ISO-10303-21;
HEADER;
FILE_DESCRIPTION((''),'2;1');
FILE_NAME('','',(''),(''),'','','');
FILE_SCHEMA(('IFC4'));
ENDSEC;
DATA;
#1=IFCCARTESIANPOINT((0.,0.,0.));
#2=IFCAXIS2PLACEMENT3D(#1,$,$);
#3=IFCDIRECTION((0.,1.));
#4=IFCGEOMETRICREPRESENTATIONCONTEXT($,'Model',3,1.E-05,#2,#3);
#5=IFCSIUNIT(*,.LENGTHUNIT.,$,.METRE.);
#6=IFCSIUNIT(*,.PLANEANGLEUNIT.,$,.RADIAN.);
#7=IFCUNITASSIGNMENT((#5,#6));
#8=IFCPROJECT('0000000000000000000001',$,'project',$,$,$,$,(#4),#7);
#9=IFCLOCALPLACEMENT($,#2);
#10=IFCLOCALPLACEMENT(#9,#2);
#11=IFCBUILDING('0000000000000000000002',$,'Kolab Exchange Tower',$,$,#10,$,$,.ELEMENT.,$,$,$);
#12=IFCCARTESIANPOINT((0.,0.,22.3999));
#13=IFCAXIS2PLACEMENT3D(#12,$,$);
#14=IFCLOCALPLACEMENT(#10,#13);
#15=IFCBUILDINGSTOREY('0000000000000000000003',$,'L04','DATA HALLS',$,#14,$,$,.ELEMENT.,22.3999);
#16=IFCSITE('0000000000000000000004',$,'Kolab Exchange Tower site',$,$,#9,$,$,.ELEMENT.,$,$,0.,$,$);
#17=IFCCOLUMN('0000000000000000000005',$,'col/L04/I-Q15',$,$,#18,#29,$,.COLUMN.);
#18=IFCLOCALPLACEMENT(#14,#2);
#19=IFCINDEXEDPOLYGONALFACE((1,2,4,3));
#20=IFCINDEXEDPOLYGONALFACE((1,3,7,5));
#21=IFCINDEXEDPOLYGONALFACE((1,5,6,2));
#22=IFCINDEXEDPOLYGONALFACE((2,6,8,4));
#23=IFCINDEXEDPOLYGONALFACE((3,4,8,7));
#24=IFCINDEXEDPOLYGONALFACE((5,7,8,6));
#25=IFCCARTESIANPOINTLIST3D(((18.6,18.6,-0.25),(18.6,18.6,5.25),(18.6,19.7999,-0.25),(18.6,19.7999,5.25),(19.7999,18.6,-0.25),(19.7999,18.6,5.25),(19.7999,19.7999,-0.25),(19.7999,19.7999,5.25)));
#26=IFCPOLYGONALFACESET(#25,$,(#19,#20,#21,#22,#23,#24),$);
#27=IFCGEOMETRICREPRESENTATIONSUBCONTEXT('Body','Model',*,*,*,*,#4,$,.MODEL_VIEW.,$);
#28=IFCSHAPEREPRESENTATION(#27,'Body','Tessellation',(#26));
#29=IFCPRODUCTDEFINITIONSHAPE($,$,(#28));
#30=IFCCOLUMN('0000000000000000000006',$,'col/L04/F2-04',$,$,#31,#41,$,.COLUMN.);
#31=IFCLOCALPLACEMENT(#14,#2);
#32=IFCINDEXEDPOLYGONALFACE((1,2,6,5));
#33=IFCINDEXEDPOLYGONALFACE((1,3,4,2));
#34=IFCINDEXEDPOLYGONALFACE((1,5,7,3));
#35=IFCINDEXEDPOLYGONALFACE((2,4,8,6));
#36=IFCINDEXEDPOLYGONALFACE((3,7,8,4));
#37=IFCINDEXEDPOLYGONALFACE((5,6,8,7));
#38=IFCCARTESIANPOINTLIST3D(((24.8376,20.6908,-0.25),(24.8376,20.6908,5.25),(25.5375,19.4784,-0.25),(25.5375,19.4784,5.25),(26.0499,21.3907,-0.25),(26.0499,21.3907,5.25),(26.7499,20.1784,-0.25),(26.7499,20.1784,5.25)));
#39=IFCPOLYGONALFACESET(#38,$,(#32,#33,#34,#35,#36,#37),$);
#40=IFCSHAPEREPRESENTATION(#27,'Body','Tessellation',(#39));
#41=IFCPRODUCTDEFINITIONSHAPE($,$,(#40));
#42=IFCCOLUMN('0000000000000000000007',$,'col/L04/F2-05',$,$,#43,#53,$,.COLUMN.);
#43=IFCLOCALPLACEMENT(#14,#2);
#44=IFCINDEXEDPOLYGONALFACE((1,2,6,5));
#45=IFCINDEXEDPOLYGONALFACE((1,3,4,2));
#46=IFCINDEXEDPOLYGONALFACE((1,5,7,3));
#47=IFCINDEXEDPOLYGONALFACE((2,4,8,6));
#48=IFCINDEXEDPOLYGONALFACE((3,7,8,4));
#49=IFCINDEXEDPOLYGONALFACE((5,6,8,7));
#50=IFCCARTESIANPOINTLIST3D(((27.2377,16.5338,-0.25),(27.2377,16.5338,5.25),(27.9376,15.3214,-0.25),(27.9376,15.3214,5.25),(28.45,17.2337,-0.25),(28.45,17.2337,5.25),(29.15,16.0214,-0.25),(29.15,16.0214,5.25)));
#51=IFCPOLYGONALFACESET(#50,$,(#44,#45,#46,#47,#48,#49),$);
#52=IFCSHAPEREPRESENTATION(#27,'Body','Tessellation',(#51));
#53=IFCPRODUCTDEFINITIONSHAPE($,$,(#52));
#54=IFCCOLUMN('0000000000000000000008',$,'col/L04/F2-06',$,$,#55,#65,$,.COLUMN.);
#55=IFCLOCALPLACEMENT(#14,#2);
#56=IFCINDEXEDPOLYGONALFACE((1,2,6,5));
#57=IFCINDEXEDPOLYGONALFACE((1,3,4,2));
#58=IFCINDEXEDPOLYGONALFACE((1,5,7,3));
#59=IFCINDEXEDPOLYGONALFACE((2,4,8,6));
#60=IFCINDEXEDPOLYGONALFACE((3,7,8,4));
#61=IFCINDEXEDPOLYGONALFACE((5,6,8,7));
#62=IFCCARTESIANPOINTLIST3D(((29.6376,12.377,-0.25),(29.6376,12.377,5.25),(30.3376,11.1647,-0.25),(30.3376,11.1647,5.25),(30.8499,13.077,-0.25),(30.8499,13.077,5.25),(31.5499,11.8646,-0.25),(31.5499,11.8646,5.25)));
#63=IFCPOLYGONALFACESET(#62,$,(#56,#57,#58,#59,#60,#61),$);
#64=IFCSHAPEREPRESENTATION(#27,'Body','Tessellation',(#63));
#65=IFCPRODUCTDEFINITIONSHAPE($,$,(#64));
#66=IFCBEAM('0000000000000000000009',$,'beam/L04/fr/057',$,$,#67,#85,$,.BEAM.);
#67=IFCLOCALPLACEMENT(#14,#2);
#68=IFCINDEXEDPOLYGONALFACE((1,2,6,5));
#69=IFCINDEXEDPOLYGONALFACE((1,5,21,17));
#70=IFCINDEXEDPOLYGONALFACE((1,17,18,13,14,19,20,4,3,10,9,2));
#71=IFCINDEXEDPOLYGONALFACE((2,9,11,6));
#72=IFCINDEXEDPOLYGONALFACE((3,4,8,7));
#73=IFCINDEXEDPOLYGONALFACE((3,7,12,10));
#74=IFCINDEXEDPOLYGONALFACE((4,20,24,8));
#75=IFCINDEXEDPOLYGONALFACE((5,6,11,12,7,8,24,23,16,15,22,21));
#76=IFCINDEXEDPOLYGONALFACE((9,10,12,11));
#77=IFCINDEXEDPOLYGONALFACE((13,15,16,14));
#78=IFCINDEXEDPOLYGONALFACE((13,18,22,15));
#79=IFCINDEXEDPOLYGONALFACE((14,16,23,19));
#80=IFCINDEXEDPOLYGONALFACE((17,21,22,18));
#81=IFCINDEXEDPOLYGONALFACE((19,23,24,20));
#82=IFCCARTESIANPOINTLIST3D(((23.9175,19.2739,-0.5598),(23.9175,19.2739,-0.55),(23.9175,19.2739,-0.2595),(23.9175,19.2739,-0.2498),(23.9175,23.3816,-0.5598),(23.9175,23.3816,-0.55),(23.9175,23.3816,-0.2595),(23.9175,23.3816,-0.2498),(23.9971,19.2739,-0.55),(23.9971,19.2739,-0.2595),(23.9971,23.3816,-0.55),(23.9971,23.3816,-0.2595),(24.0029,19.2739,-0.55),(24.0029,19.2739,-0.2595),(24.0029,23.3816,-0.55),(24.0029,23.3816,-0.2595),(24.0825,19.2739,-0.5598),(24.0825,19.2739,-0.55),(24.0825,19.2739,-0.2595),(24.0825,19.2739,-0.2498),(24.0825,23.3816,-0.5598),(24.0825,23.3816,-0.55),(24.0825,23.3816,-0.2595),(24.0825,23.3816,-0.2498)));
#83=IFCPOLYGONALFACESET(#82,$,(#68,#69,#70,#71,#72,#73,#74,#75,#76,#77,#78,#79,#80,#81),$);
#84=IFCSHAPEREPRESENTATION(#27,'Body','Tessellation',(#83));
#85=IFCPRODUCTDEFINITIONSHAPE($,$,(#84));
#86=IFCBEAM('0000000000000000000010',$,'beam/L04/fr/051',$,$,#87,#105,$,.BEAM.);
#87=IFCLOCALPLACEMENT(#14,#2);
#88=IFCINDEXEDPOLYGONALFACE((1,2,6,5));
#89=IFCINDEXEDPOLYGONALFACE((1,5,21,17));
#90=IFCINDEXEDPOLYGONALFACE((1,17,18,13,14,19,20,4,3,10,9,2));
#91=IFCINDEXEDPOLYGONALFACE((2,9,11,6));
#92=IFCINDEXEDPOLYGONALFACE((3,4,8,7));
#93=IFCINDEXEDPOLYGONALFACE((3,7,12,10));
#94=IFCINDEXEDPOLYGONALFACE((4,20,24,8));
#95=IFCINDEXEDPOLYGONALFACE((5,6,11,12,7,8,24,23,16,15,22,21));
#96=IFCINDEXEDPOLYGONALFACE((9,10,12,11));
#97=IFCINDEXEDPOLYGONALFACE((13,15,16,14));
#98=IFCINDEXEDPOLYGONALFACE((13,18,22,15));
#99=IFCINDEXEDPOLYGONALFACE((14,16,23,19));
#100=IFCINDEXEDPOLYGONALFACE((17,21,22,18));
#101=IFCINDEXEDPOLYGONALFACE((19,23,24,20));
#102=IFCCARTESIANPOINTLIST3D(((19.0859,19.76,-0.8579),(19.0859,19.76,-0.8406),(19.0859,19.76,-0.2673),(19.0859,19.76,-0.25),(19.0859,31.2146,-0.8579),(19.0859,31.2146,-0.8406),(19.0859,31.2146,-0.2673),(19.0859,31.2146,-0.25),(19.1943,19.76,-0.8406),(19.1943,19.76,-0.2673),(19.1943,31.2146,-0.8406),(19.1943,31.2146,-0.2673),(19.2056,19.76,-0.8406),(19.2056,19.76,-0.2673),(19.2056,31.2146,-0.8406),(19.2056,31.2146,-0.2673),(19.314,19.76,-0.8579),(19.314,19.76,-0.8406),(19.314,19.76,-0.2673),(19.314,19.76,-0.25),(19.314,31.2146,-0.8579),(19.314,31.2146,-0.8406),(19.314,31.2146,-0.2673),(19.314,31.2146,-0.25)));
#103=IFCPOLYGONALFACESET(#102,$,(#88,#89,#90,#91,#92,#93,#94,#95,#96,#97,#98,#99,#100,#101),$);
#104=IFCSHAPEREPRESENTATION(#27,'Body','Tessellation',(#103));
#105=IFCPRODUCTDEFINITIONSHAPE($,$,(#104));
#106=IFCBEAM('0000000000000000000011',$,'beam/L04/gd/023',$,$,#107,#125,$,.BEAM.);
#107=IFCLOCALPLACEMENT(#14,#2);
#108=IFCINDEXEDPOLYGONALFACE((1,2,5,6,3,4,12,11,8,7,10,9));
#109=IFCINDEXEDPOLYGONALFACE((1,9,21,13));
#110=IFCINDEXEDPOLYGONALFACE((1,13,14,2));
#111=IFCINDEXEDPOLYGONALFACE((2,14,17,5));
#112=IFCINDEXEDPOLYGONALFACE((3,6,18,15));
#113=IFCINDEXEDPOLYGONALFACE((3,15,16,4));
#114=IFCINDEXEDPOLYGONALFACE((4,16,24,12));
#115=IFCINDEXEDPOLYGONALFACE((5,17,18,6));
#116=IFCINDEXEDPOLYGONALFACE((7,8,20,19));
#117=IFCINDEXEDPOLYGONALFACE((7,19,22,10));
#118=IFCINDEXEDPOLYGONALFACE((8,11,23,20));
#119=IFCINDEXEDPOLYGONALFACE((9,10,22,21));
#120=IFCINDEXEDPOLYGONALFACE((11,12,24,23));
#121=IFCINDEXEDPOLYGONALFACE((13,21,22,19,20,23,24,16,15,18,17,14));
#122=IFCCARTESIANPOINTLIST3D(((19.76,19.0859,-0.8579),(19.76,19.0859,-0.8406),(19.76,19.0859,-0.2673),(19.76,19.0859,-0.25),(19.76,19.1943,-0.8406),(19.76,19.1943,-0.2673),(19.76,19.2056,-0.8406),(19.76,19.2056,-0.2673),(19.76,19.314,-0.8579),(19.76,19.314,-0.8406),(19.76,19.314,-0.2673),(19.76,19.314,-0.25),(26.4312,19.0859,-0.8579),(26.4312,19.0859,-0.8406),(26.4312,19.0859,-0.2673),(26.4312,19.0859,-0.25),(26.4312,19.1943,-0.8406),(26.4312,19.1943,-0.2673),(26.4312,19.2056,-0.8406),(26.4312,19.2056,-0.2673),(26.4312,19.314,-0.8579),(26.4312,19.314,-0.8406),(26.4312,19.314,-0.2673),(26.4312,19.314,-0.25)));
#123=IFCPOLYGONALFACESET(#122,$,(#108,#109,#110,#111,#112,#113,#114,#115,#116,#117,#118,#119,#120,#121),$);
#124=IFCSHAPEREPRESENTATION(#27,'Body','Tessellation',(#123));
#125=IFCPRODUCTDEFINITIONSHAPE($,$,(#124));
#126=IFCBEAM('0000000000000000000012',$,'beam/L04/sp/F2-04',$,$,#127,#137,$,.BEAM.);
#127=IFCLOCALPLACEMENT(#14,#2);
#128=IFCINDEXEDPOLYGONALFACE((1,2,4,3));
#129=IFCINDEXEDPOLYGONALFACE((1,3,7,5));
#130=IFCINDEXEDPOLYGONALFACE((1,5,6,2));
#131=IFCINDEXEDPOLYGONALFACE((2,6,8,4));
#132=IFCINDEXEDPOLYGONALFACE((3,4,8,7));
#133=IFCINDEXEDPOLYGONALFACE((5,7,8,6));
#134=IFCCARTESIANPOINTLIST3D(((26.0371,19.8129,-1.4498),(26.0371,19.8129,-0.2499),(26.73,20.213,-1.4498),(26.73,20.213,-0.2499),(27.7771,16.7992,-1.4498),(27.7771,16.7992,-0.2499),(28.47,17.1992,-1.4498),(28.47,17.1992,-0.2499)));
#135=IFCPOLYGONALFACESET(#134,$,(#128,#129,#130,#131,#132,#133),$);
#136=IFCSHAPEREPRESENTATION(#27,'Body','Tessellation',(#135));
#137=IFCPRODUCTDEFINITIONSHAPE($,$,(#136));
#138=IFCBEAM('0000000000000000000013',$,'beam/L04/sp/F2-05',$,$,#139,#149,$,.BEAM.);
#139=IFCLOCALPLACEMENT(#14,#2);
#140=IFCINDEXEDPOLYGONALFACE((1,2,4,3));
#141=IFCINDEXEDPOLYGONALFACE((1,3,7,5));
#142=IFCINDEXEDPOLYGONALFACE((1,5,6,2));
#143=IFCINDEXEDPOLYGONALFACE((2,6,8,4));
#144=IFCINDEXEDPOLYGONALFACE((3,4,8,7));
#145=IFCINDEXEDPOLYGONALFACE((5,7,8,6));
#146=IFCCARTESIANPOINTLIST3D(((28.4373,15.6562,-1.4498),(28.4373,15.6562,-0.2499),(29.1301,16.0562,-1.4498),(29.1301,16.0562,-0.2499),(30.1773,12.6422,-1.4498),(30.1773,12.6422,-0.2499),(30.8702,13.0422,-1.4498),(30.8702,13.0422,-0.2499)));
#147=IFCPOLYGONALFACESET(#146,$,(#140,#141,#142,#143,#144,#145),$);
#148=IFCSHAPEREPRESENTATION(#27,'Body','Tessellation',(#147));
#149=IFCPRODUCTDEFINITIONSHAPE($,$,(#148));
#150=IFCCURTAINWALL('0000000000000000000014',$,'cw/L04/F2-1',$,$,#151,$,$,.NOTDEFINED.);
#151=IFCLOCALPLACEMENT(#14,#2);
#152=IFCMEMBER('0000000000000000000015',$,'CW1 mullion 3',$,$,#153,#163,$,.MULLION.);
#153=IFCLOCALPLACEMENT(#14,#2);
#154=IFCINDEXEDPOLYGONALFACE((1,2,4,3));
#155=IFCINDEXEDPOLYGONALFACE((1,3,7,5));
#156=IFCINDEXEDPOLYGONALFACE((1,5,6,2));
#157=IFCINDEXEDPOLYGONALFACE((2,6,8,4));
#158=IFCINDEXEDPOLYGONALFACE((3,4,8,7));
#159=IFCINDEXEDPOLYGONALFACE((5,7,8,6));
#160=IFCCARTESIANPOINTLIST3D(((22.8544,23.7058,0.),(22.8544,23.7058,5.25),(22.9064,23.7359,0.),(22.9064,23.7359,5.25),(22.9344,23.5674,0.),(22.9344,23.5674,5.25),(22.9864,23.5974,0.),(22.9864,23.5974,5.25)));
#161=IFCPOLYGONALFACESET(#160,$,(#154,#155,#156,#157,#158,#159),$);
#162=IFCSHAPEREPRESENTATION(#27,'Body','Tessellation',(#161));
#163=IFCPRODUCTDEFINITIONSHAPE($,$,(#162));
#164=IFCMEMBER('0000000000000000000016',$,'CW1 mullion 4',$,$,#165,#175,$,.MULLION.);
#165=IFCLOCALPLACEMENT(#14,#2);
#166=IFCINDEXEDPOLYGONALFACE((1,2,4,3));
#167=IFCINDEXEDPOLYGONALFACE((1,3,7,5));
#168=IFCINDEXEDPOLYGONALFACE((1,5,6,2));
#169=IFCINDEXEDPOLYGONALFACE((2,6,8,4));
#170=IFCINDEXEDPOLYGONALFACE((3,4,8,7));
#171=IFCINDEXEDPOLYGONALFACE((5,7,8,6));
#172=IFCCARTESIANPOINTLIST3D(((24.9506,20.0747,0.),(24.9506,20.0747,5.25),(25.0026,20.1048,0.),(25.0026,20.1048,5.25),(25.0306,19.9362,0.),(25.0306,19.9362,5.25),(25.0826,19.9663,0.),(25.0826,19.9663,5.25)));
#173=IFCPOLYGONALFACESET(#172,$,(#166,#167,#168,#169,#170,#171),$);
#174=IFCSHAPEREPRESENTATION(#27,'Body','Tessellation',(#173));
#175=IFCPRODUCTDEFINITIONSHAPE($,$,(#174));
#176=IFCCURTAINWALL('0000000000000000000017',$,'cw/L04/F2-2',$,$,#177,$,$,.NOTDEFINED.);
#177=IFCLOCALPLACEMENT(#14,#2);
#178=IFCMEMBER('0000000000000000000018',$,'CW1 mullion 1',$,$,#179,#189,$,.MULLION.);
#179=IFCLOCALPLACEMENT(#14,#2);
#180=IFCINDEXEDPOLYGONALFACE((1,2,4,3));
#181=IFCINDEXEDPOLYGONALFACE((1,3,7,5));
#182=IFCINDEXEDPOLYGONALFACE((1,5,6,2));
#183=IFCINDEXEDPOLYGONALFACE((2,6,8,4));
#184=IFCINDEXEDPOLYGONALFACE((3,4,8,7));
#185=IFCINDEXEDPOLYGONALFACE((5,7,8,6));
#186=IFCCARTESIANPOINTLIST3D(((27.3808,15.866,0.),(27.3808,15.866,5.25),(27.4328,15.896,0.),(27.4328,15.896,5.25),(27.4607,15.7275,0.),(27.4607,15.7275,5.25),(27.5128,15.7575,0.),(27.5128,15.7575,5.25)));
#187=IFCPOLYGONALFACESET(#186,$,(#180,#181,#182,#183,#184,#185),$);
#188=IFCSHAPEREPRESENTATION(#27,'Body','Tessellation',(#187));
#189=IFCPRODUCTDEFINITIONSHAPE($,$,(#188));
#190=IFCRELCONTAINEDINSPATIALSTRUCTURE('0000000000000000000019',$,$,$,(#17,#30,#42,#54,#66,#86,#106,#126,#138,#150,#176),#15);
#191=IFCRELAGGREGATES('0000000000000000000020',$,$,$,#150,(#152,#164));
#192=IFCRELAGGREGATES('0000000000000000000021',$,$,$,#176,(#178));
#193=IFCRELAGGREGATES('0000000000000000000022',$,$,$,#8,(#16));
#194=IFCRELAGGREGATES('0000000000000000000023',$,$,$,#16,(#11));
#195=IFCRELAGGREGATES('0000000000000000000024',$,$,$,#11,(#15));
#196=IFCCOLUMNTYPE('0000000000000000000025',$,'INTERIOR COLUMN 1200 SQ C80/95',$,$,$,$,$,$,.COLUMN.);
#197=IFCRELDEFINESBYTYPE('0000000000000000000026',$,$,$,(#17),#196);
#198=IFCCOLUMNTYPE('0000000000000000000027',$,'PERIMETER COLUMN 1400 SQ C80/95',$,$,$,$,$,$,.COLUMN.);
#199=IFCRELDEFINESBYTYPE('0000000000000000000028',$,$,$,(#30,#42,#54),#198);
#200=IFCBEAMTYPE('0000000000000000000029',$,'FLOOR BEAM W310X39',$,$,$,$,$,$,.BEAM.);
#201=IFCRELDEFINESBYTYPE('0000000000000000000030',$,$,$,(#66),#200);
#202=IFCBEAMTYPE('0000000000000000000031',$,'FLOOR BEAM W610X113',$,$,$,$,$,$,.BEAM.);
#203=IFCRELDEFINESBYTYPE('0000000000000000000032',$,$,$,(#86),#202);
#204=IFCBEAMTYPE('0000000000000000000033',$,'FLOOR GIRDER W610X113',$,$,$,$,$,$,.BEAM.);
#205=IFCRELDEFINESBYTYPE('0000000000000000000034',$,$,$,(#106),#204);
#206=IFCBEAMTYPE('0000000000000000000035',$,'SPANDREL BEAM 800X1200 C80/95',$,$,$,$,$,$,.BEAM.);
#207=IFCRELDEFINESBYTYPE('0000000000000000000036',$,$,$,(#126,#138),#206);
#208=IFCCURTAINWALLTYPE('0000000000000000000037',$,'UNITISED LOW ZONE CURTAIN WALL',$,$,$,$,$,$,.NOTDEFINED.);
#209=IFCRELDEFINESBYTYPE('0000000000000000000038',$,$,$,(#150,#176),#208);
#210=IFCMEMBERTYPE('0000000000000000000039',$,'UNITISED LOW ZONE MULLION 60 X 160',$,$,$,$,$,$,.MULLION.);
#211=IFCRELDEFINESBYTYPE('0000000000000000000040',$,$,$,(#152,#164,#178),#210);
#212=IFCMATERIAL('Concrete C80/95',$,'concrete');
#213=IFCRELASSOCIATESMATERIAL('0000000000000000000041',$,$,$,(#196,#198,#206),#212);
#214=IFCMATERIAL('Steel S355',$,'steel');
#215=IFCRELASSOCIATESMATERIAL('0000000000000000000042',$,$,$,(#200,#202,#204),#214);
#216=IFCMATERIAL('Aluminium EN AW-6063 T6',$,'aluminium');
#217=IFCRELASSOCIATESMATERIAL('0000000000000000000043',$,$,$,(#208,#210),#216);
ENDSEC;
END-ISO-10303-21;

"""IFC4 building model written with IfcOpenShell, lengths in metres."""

from ifc_helpers import new_model, si_unit, direction, frame, origin, origin_2d, place, context, subcontext, project, spatial, rectangle, i_section, extrude, material, material_profile, profile_set, type_object, element, aggregate, save


model = new_model("IFC4")

# Units and contexts
model_context = context("Model", 3, precision=1e-05, world=origin(), true_north=direction((0.0, 1.0)))
body_context = subcontext(model_context, "Body", "Model", "MODEL_VIEW")
ifc_project = project(units=[si_unit("LENGTHUNIT", "METRE"), si_unit("PLANEANGLEUNIT", "RADIAN")], contexts=[model_context])

# Site, building, storey
site_placement = place(None, origin())
site = spatial("IfcSite", under=ifc_project, at=site_placement, Name="Kolab Exchange Tower site", CompositionType="ELEMENT", RefElevation=0.0)
building_placement = place(site_placement, origin())
building = spatial("IfcBuilding", under=site, at=building_placement, Name="Kolab Exchange Tower", CompositionType="ELEMENT")
storey_placement = place(building_placement, frame((0.0, 0.0, 22.3999)))
storey = spatial("IfcBuildingStorey", under=building, at=storey_placement, Name="L04", Description="DATA HALLS", CompositionType="ELEMENT", Elevation=22.3999)

# Columns
ifc_material_1 = material(Name="Concrete C80/95", Category="concrete")
ifc_material_profile_1 = material_profile(ifc_material_1, rectangle(XDim=1.2, YDim=1.2, at=origin_2d()), Name="RC1200")
ifc_profile_set_1 = profile_set([ifc_material_profile_1], Name="Concrete C80/95")
column_type_1 = type_object("IfcColumnType", Name="INTERIOR COLUMN 1200 SQ C80/95", PredefinedType="COLUMN", material=ifc_profile_set_1)
column_placement = place(storey_placement, frame((19.2, 19.2, -0.25), z_axis=(0.0, 0.0, 1.0), x_axis=(1.0, 0.0, 0.0)))
element("IfcColumn", 1, at=column_placement, inside=storey, type_object=column_type_1, Name="col/L04/I-Q15", PredefinedType="COLUMN", context=body_context, shape_type="SweptSolid", body=[
    extrude(rectangle(XDim=1.2, YDim=1.2, at=origin_2d()), origin(), (0.0, 0.0, 1.0), 5.5),
])
ifc_material_profile_2 = material_profile(ifc_material_1, rectangle(XDim=1.3999, YDim=1.3999, at=origin_2d()), Name="RC1400")
ifc_profile_set_2 = profile_set([ifc_material_profile_2], Name="Concrete C80/95")
column_type_2 = type_object("IfcColumnType", Name="PERIMETER COLUMN 1400 SQ C80/95", PredefinedType="COLUMN", material=ifc_profile_set_2)
for number, where, z_axis, x_axis, name in (
    (2, (25.7937, 20.4346, -0.25), (0.0, 0.0, 1.0), (0.866025, 0.5, 0.0), "col/L04/F2-04"),
    (3, (28.1938, 16.2776, -0.25), (0.0, 0.0, 1.0), (0.866025, 0.5, 0.0), "col/L04/F2-05"),
    (4, (30.5938, 12.1208, -0.25), (0.0, 0.0, 1.0), (0.866025, 0.5, 0.0), "col/L04/F2-06"),
):
    element("IfcColumn", number, at=place(storey_placement, frame(where, z_axis=z_axis, x_axis=x_axis)), inside=storey, type_object=column_type_2, Name=name, PredefinedType="COLUMN", context=body_context, shape_type="SweptSolid", body=[
        extrude(rectangle(XDim=1.3999, YDim=1.3999, at=origin_2d()), origin(), (0.0, 0.0, 1.0), 5.5),
    ])

# Beams
ifc_material_2 = material(Name="Steel S355", Category="steel")
ifc_material_profile_3 = material_profile(ifc_material_2, i_section(OverallWidth=0.165, OverallDepth=0.3101, WebThickness=0.0059, FlangeThickness=0.0098, at=origin_2d()), Name="W310X39")
ifc_profile_set_3 = profile_set([ifc_material_profile_3], Name="Steel S355")
beam_type_1 = type_object("IfcBeamType", Name="FLOOR BEAM W310X39", PredefinedType="BEAM", material=ifc_profile_set_3)
beam_1_placement = place(storey_placement, frame((24.0, 19.2739, -0.4048), z_axis=(0.0, 1.0, 0.0), x_axis=(-1.0, 0.0, 0.0)))
element("IfcBeam", 5, at=beam_1_placement, inside=storey, type_object=beam_type_1, Name="beam/L04/fr/057", PredefinedType="BEAM", context=body_context, shape_type="SweptSolid", body=[
    extrude(i_section(OverallWidth=0.165, OverallDepth=0.3101, WebThickness=0.0059, FlangeThickness=0.0098, at=origin_2d()), origin(), (0.0, 0.0, 1.0), 4.1077),
])
ifc_material_profile_4 = material_profile(ifc_material_2, i_section(OverallWidth=0.228, OverallDepth=0.6079, WebThickness=0.0112, FlangeThickness=0.0173, at=origin_2d()), Name="W610X113")
ifc_profile_set_4 = profile_set([ifc_material_profile_4], Name="Steel S355")
beam_type_2 = type_object("IfcBeamType", Name="FLOOR BEAM W610X113", PredefinedType="BEAM", material=ifc_profile_set_4)
beam_2_placement = place(storey_placement, frame((19.2, 19.76, -0.554), z_axis=(0.0, 1.0, 0.0), x_axis=(-1.0, 0.0, 0.0)))
element("IfcBeam", 6, at=beam_2_placement, inside=storey, type_object=beam_type_2, Name="beam/L04/fr/051", PredefinedType="BEAM", context=body_context, shape_type="SweptSolid", body=[
    extrude(i_section(OverallWidth=0.228, OverallDepth=0.6079, WebThickness=0.0112, FlangeThickness=0.0173, at=origin_2d()), origin(), (0.0, 0.0, 1.0), 11.4546),
])
ifc_material_profile_5 = material_profile(ifc_material_2, i_section(OverallWidth=0.228, OverallDepth=0.6079, WebThickness=0.0112, FlangeThickness=0.0173, at=origin_2d()), Name="W610X113")
ifc_profile_set_5 = profile_set([ifc_material_profile_5], Name="Steel S355")
beam_type_3 = type_object("IfcBeamType", Name="FLOOR GIRDER W610X113", PredefinedType="BEAM", material=ifc_profile_set_5)
beam_3_placement = place(storey_placement, frame((19.76, 19.2, -0.554), z_axis=(1.0, 0.0, 0.0), x_axis=(0.0, 1.0, 0.0)))
element("IfcBeam", 7, at=beam_3_placement, inside=storey, type_object=beam_type_3, Name="beam/L04/gd/023", PredefinedType="BEAM", context=body_context, shape_type="SweptSolid", body=[
    extrude(i_section(OverallWidth=0.228, OverallDepth=0.6079, WebThickness=0.0112, FlangeThickness=0.0173, at=origin_2d()), origin(), (0.0, 0.0, 1.0), 6.6711),
])
ifc_material_profile_6 = material_profile(ifc_material_1, rectangle(XDim=0.8, YDim=1.2, at=origin_2d()), Name="RC800X1200")
ifc_profile_set_6 = profile_set([ifc_material_profile_6], Name="Concrete C80/95")
beam_type_4 = type_object("IfcBeamType", Name="SPANDREL BEAM 800X1200 C80/95", PredefinedType="BEAM", material=ifc_profile_set_6)
beam_4_placement = place(storey_placement, frame((26.3835, 20.0129, -0.8499), z_axis=(0.50001, -0.86602, 0.0), x_axis=(0.86602, 0.50001, 0.0)))
element("IfcBeam", 8, at=beam_4_placement, inside=storey, type_object=beam_type_4, Name="beam/L04/sp/F2-04", PredefinedType="BEAM", context=body_context, shape_type="SweptSolid", body=[
    extrude(rectangle(XDim=0.8, YDim=1.2, at=origin_2d()), origin(), (0.0, 0.0, 1.0), 3.48),
])
beam_5_placement = place(storey_placement, frame((28.7837, 15.8562, -0.8499), z_axis=(0.49998, -0.866037, 0.0), x_axis=(0.866037, 0.49998, 0.0)))
element("IfcBeam", 9, at=beam_5_placement, inside=storey, type_object=beam_type_4, Name="beam/L04/sp/F2-05", PredefinedType="BEAM", context=body_context, shape_type="SweptSolid", body=[
    extrude(rectangle(XDim=0.8, YDim=1.2, at=origin_2d()), origin(), (0.0, 0.0, 1.0), 3.4802),
])

# Curtain wall, members
ifc_material_3 = material(Name="Aluminium EN AW-6063 T6", Category="aluminium")
curtain_wall_type = type_object("IfcCurtainWallType", Name="UNITISED LOW ZONE CURTAIN WALL", PredefinedType="NOTDEFINED", material=ifc_material_3)
curtain_wall_1_placement = place(storey_placement, origin())
curtain_wall_1 = element("IfcCurtainWall", 10, at=curtain_wall_1_placement, inside=storey, type_object=curtain_wall_type, Name="cw/L04/F2-1", PredefinedType="NOTDEFINED")
ifc_material_profile_7 = material_profile(ifc_material_3, rectangle(XDim=0.0601, YDim=0.1599, at=origin_2d()), Name="RECT 60X160")
ifc_profile_set_7 = profile_set([ifc_material_profile_7], Name="Aluminium EN AW-6063 T6")
member_type_1 = type_object("IfcMemberType", Name="UNITISED LOW ZONE MULLION 60 X 160", PredefinedType="MULLION", material=ifc_profile_set_7)
member_1_placement = place(storey_placement, frame((22.9204, 23.6516, 0.0), z_axis=(0.0, 0.0, 1.0), x_axis=(0.866025, 0.5, 0.0)))
member_1 = element("IfcMember", 11, at=member_1_placement, type_object=member_type_1, Name="CW1 mullion 3", PredefinedType="MULLION", context=body_context, shape_type="SweptSolid", body=[
    extrude(rectangle(XDim=0.0601, YDim=0.1599, at=origin_2d()), origin(), (0.0, 0.0, 1.0), 5.25),
])
member_2_placement = place(storey_placement, frame((25.0166, 20.0205, 0.0), z_axis=(0.0, 0.0, 1.0), x_axis=(0.866025, 0.5, 0.0)))
member_2 = element("IfcMember", 12, at=member_2_placement, type_object=member_type_1, Name="CW1 mullion 4", PredefinedType="MULLION", context=body_context, shape_type="SweptSolid", body=[
    extrude(rectangle(XDim=0.0601, YDim=0.1599, at=origin_2d()), origin(), (0.0, 0.0, 1.0), 5.25),
])

# Curtain wall, member
curtain_wall_2_placement = place(storey_placement, origin())
curtain_wall_2 = element("IfcCurtainWall", 13, at=curtain_wall_2_placement, inside=storey, type_object=curtain_wall_type, Name="cw/L04/F2-2", PredefinedType="NOTDEFINED")
member_3_placement = place(storey_placement, frame((27.4468, 15.8118, 0.0), z_axis=(0.0, 0.0, 1.0), x_axis=(0.866025, 0.5, 0.0)))
member_3 = element("IfcMember", 14, at=member_3_placement, type_object=member_type_1, Name="CW1 mullion 1", PredefinedType="MULLION", context=body_context, shape_type="SweptSolid", body=[
    extrude(rectangle(XDim=0.0601, YDim=0.1599, at=origin_2d()), origin(), (0.0, 0.0, 1.0), 5.25),
])

aggregate(curtain_wall_1, [member_1, member_2])
aggregate(curtain_wall_2, [member_3])

save(model, "model.ifc")
